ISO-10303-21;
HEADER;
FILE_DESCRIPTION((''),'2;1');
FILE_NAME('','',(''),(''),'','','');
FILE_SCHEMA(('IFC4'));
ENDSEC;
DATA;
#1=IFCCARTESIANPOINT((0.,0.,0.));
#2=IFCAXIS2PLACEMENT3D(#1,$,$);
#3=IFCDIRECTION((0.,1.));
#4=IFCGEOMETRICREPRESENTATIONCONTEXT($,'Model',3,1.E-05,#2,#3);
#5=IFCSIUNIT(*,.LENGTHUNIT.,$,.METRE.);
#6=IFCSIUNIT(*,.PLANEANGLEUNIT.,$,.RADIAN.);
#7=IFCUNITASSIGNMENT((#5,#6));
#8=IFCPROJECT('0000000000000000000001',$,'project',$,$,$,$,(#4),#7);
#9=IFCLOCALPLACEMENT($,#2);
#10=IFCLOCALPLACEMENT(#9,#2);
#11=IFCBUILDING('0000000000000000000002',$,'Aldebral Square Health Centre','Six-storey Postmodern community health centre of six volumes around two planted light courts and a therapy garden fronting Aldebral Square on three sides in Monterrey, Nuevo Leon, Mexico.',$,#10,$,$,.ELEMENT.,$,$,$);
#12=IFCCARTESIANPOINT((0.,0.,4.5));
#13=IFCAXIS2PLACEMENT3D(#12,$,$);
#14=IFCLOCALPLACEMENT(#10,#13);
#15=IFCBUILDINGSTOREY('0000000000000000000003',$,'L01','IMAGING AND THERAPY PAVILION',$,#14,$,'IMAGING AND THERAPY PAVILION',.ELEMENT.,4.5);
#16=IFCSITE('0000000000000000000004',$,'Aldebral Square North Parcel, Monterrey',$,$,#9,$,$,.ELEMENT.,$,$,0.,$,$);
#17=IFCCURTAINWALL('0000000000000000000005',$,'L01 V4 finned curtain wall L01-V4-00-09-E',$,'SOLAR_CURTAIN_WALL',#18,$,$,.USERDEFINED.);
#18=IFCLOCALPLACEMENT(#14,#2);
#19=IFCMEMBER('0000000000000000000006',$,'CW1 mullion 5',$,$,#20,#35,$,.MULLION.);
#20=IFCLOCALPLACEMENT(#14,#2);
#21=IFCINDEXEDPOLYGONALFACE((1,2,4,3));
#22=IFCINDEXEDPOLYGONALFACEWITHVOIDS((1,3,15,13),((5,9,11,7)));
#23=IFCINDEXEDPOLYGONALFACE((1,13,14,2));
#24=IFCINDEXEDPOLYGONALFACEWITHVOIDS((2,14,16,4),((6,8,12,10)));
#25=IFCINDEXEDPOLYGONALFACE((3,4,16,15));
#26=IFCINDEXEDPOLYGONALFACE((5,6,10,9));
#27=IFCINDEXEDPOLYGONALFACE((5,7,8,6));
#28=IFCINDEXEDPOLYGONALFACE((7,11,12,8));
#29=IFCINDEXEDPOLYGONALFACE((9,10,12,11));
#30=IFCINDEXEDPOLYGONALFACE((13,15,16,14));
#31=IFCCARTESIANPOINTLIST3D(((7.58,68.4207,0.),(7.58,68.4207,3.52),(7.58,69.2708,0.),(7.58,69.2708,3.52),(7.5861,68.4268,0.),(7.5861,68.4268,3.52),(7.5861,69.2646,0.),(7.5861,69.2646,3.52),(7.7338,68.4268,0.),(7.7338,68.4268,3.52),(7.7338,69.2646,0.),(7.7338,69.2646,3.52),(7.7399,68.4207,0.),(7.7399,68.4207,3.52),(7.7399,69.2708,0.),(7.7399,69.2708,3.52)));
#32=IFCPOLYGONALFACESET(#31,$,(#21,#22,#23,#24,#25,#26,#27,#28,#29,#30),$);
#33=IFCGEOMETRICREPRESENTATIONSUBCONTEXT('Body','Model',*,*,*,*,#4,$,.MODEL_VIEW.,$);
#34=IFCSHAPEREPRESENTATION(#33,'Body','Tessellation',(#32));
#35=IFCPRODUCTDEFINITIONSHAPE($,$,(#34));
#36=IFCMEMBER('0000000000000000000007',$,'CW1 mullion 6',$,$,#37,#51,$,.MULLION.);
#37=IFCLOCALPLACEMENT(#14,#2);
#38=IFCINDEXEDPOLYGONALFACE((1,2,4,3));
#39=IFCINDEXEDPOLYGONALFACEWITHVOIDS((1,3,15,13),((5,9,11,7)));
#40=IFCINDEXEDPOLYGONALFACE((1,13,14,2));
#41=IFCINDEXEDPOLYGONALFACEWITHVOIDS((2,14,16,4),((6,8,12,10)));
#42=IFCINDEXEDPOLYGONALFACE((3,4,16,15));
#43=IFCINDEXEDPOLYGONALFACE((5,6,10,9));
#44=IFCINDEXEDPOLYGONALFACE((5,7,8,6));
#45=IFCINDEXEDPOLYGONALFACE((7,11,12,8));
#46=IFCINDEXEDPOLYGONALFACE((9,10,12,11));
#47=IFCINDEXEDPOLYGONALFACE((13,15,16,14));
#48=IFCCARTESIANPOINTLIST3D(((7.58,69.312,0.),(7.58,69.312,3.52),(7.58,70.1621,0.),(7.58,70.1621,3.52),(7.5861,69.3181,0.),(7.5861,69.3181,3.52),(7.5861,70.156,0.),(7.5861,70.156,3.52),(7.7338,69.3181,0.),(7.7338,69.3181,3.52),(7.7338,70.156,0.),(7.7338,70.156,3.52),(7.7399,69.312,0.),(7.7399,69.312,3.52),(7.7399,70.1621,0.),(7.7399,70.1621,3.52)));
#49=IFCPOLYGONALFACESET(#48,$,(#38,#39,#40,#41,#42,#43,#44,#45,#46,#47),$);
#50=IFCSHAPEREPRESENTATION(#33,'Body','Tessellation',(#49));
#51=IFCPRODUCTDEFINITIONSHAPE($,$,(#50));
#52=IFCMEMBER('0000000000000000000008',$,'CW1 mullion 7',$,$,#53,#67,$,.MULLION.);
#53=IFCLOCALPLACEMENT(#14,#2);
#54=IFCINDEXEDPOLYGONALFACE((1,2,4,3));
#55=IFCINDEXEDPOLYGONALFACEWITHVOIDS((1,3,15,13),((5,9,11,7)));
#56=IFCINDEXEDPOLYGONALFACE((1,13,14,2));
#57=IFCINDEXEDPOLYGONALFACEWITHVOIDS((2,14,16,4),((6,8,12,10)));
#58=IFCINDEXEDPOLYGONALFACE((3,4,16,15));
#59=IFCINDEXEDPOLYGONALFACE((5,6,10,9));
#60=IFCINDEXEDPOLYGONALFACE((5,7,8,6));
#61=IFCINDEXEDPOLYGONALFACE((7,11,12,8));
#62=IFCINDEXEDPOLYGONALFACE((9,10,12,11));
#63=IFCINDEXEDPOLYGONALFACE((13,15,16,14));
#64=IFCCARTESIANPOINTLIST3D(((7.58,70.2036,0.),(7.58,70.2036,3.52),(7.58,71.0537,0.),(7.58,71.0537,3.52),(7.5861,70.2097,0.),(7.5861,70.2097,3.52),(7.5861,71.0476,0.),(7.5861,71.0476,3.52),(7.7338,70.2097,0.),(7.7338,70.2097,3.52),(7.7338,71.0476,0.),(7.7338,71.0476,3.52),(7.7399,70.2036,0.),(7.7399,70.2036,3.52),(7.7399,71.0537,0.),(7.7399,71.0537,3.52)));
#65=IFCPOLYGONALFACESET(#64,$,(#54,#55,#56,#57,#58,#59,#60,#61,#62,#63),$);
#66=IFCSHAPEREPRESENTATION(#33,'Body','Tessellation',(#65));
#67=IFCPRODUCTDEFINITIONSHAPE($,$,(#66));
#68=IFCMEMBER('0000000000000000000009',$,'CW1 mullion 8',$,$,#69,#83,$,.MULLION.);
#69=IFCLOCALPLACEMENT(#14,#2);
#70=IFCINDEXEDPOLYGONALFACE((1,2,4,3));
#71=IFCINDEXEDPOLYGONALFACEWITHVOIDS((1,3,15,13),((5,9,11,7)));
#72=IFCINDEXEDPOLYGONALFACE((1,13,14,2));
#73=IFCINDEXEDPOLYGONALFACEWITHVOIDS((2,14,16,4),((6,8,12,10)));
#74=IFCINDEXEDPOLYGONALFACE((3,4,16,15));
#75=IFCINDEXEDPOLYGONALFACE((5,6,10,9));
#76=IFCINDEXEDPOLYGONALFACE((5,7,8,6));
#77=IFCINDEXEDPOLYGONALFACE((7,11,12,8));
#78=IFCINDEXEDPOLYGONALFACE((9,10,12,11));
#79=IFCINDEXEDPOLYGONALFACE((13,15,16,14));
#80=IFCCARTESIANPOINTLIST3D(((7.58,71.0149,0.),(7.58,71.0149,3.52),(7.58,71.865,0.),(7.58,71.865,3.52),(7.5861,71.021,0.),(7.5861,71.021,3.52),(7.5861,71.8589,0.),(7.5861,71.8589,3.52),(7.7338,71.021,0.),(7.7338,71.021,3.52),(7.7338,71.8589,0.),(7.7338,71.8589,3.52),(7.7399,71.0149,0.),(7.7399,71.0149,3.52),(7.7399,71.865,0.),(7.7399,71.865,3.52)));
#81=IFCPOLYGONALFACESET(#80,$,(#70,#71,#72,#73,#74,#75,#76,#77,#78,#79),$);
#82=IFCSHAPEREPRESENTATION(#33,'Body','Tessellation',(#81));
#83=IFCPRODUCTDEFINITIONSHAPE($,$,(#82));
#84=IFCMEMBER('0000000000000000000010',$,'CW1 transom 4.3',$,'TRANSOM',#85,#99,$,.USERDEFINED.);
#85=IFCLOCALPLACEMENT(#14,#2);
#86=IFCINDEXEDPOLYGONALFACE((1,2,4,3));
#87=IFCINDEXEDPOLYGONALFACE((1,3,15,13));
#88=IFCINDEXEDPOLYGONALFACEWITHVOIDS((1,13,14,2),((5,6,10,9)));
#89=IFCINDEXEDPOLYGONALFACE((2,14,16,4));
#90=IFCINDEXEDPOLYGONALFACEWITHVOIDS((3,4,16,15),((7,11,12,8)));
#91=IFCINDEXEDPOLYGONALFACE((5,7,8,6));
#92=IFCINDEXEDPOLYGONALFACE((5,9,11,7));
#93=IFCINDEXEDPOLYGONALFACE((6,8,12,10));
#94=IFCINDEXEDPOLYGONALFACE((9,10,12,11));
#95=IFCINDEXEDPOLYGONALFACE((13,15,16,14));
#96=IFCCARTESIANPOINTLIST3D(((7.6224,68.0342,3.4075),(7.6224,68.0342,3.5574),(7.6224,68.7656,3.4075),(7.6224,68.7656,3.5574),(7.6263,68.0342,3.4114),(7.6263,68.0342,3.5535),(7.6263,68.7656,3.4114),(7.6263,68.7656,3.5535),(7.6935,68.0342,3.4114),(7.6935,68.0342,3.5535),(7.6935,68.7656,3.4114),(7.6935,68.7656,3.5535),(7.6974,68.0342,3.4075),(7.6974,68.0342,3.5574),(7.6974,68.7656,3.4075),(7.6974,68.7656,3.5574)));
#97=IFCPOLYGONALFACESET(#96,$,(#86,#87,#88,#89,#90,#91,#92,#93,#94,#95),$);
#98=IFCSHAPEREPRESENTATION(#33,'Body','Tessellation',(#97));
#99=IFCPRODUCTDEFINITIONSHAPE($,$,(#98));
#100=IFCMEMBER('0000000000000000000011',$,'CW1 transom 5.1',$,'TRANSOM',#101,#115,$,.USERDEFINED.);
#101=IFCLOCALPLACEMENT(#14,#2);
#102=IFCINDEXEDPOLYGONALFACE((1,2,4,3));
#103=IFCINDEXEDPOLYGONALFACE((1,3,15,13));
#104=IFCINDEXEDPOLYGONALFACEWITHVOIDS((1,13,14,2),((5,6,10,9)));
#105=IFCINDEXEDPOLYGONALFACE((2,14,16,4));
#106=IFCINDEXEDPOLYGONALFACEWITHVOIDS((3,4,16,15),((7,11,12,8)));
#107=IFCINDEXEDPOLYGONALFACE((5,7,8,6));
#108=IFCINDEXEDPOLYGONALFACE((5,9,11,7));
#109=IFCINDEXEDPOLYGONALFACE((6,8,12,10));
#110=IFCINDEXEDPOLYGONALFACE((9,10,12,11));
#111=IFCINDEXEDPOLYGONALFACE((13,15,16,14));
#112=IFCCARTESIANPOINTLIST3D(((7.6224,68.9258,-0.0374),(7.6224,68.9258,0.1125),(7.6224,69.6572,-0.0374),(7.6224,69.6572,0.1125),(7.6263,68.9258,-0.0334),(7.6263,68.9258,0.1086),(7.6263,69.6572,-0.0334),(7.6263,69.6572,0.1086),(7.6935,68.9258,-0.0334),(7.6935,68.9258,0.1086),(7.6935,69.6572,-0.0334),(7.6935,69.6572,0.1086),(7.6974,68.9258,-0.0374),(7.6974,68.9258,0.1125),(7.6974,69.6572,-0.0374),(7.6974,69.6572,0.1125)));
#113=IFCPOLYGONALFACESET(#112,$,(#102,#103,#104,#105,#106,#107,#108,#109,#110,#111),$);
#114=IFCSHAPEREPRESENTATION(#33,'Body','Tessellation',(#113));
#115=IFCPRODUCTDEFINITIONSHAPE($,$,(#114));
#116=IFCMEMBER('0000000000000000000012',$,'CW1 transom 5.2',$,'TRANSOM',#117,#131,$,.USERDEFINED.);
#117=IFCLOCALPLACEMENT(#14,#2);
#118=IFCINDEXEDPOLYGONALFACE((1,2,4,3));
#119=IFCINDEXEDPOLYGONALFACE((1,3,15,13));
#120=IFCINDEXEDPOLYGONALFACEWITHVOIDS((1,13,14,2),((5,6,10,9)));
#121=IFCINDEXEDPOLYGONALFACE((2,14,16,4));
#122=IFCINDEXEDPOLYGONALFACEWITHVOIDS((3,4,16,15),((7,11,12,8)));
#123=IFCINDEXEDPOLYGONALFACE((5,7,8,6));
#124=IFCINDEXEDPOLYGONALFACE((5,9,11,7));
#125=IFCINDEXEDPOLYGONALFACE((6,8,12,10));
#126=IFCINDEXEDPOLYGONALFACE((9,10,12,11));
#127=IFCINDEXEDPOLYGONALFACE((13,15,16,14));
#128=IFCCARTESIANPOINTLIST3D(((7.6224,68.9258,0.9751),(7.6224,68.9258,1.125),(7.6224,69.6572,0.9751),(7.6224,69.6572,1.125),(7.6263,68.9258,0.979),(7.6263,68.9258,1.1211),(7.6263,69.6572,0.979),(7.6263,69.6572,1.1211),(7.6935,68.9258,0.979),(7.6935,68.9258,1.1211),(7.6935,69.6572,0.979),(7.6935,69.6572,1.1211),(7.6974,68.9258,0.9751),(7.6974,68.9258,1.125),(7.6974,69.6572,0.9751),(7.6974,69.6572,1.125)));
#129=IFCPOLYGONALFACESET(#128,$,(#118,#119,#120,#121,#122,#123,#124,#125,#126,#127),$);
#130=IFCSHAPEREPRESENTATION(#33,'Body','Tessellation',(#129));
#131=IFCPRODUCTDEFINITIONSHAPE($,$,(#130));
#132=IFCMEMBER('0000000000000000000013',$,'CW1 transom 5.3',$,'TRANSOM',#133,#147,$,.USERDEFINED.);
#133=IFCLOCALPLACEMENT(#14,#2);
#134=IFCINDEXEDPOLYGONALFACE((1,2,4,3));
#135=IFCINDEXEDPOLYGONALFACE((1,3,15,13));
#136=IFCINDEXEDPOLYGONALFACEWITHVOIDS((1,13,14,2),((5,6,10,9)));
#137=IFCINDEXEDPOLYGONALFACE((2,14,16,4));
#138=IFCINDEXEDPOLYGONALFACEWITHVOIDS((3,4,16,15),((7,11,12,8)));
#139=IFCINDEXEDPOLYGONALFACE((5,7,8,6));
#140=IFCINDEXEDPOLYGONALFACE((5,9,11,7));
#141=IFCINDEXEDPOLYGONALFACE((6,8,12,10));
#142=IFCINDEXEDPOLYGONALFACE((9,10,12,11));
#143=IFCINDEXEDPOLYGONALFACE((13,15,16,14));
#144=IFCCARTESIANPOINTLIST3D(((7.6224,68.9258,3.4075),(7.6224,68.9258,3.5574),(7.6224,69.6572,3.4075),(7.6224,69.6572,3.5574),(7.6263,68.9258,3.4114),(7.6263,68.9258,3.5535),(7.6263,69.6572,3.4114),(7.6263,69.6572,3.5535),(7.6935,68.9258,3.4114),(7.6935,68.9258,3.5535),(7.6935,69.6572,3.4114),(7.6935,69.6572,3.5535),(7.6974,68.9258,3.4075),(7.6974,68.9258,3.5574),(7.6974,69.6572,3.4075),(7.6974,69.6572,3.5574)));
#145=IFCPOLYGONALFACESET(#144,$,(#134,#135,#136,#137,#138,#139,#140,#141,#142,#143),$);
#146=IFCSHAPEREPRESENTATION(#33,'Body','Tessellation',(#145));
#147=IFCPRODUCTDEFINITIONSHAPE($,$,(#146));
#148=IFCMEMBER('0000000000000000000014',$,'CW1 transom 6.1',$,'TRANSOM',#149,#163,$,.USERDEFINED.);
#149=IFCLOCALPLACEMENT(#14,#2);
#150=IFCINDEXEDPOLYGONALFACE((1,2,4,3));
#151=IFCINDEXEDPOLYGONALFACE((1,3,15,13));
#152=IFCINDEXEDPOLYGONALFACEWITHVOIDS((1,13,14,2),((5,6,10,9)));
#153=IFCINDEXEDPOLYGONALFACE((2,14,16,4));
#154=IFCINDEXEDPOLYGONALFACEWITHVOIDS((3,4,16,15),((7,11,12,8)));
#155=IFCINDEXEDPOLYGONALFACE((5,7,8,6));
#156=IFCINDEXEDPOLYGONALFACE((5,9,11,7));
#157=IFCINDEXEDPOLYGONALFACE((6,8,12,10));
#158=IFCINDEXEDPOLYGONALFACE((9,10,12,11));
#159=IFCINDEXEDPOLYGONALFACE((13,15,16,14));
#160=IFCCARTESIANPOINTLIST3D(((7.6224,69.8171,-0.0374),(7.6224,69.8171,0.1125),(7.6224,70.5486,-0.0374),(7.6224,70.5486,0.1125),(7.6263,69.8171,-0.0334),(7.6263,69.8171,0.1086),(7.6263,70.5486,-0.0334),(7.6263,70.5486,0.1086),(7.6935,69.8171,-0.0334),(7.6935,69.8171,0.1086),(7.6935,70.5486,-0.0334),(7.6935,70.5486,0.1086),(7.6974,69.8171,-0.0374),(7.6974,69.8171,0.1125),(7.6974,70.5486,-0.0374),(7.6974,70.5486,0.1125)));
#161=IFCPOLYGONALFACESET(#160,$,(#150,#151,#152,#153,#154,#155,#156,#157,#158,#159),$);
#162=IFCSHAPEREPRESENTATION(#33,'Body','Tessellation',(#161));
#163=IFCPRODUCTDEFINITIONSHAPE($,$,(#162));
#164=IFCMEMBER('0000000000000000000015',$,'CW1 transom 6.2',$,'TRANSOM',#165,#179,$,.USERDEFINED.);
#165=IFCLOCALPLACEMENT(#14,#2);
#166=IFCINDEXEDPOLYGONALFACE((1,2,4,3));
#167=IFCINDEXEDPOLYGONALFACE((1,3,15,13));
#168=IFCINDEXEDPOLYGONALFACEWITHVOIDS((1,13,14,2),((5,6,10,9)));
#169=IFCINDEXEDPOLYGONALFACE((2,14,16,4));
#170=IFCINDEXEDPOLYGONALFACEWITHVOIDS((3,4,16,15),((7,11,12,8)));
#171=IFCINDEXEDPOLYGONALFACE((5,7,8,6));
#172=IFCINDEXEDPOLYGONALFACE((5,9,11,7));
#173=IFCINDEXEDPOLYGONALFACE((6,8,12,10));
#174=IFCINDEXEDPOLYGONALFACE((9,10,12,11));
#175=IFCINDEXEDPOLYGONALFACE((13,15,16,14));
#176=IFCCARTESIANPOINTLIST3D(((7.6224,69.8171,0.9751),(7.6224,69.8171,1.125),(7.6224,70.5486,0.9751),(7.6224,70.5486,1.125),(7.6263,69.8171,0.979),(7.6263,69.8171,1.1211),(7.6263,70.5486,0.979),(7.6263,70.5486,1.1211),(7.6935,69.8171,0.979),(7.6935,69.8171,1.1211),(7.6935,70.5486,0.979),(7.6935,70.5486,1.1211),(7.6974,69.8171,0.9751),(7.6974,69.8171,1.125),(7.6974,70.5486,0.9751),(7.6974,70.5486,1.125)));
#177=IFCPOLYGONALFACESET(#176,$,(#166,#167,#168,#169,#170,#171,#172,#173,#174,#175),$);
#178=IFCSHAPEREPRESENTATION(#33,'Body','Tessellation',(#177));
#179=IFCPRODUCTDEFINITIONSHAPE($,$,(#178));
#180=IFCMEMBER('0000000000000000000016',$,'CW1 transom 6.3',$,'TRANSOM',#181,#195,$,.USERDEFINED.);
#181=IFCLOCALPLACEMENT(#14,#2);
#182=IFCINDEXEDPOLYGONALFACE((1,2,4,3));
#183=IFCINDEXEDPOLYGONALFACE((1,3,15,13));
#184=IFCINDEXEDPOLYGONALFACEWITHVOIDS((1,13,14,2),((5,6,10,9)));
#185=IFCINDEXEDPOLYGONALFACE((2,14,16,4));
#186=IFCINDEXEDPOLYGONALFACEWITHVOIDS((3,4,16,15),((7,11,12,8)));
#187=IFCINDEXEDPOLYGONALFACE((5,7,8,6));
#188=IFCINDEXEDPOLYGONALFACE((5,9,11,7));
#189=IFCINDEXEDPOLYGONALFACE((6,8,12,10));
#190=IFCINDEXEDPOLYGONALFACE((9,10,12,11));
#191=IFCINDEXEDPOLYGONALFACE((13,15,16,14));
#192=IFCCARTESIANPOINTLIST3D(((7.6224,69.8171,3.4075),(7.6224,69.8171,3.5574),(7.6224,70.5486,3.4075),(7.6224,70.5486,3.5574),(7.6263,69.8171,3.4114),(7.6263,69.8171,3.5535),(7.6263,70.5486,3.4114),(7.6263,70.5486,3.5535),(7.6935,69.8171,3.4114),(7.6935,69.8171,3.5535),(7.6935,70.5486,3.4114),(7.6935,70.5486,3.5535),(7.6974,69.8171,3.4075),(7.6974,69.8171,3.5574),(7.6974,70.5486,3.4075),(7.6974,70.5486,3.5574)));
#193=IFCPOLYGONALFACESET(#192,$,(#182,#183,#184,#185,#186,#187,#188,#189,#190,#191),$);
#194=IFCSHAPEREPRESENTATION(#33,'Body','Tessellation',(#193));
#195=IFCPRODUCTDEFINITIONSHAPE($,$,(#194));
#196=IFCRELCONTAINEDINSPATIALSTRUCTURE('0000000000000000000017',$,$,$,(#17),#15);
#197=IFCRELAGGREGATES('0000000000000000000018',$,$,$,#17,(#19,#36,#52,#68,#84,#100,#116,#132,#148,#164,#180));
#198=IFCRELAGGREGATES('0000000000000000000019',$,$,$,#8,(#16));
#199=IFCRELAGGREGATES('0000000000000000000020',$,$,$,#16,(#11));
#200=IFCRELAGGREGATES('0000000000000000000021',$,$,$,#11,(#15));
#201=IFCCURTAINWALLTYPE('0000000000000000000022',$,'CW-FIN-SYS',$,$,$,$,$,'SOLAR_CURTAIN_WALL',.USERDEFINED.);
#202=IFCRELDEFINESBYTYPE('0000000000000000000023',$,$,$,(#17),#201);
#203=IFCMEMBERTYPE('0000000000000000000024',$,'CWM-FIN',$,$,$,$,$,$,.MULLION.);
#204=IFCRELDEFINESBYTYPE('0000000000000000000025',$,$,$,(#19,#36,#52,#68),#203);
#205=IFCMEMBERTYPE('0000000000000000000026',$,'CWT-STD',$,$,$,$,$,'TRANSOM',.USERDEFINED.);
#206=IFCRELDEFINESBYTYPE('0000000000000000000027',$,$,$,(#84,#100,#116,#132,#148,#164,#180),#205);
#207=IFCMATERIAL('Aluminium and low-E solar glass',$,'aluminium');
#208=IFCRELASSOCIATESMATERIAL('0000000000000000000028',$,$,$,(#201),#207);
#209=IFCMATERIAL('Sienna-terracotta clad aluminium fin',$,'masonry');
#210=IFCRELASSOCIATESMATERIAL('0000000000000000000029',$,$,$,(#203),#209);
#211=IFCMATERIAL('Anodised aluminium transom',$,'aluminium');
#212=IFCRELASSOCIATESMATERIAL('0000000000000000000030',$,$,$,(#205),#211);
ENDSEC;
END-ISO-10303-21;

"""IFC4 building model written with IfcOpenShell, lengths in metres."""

from ifc_helpers import new_model, si_unit, direction, frame, origin, origin_2d, place, context, subcontext, project, spatial, hollow_rectangle, extrude, material, material_profile, profile_set, type_object, element, aggregate, save


model = new_model("IFC4")

# Units and contexts
model_context = context("Model", 3, precision=1e-05, world=origin(), true_north=direction((0.0, 1.0)))
body_context = subcontext(model_context, "Body", "Model", "MODEL_VIEW")
ifc_project = project(units=[si_unit("LENGTHUNIT", "METRE"), si_unit("PLANEANGLEUNIT", "RADIAN")], contexts=[model_context])

# Site, building, storey
site_placement = place(None, origin())
site = spatial("IfcSite", under=ifc_project, at=site_placement, Name="Aldebral Square North Parcel, Monterrey", CompositionType="ELEMENT", RefElevation=0.0)
building_placement = place(site_placement, origin())
building = spatial("IfcBuilding", under=site, at=building_placement, Name="Aldebral Square Health Centre", Description="Six-storey Postmodern community health centre of six volumes around two planted light courts and a therapy garden fronting Aldebral Square on three sides in Monterrey, Nuevo Leon, Mexico.", CompositionType="ELEMENT")
storey_placement = place(building_placement, frame((0.0, 0.0, 4.5)))
storey = spatial("IfcBuildingStorey", under=building, at=storey_placement, Name="L01", Description="IMAGING AND THERAPY PAVILION", LongName="IMAGING AND THERAPY PAVILION", CompositionType="ELEMENT", Elevation=4.5)

# Curtain wall, members
ifc_material_1 = material(Name="Aluminium and low-E solar glass", Category="aluminium")
curtain_wall_type = type_object("IfcCurtainWallType", Name="CW-FIN-SYS", ElementType="SOLAR_CURTAIN_WALL", PredefinedType="USERDEFINED", material=ifc_material_1)
curtain_wall_placement = place(storey_placement, origin())
curtain_wall = element("IfcCurtainWall", 1, at=curtain_wall_placement, inside=storey, type_object=curtain_wall_type, Name="L01 V4 finned curtain wall L01-V4-00-09-E", ObjectType="SOLAR_CURTAIN_WALL", PredefinedType="USERDEFINED")
ifc_material_2 = material(Name="Sienna-terracotta clad aluminium fin", Category="masonry")
ifc_material_profile_1 = material_profile(ifc_material_2, hollow_rectangle(XDim=0.1599, YDim=0.8501, WallThickness=0.0061, at=origin_2d()), Name="FIN 160x850x6")
ifc_profile_set_1 = profile_set([ifc_material_profile_1], Name="Sienna-terracotta clad aluminium fin")
member_type_1 = type_object("IfcMemberType", Name="CWM-FIN", PredefinedType="MULLION", material=ifc_profile_set_1)
member_1_placement = place(storey_placement, frame((7.6599, 68.8457, 0.0), z_axis=(0.0, 0.0, 1.0), x_axis=(-1.0, 0.0, 0.0)))
member_1 = element("IfcMember", 2, at=member_1_placement, type_object=member_type_1, Name="CW1 mullion 5", PredefinedType="MULLION", context=body_context, shape_type="SweptSolid", body=[
    extrude(hollow_rectangle(XDim=0.1599, YDim=0.8501, WallThickness=0.0061, at=origin_2d()), origin(), (0.0, 0.0, 1.0), 3.52),
])
member_2_placement = place(storey_placement, frame((7.6599, 69.7371, 0.0), z_axis=(0.0, 0.0, 1.0), x_axis=(-1.0, 0.0, 0.0)))
member_2 = element("IfcMember", 3, at=member_2_placement, type_object=member_type_1, Name="CW1 mullion 6", PredefinedType="MULLION", context=body_context, shape_type="SweptSolid", body=[
    extrude(hollow_rectangle(XDim=0.1599, YDim=0.8501, WallThickness=0.0061, at=origin_2d()), origin(), (0.0, 0.0, 1.0), 3.52),
])
member_3_placement = place(storey_placement, frame((7.6599, 70.6287, 0.0), z_axis=(0.0, 0.0, 1.0), x_axis=(-1.0, 0.0, 0.0)))
member_3 = element("IfcMember", 4, at=member_3_placement, type_object=member_type_1, Name="CW1 mullion 7", PredefinedType="MULLION", context=body_context, shape_type="SweptSolid", body=[
    extrude(hollow_rectangle(XDim=0.1599, YDim=0.8501, WallThickness=0.0061, at=origin_2d()), origin(), (0.0, 0.0, 1.0), 3.52),
])
member_4_placement = place(storey_placement, frame((7.6599, 71.4399, 0.0), z_axis=(0.0, 0.0, 1.0), x_axis=(-1.0, 0.0, 0.0)))
member_4 = element("IfcMember", 5, at=member_4_placement, type_object=member_type_1, Name="CW1 mullion 8", PredefinedType="MULLION", context=body_context, shape_type="SweptSolid", body=[
    extrude(hollow_rectangle(XDim=0.1599, YDim=0.8501, WallThickness=0.0061, at=origin_2d()), origin(), (0.0, 0.0, 1.0), 3.52),
])
ifc_material_3 = material(Name="Anodised aluminium transom", Category="aluminium")
ifc_material_profile_2 = material_profile(ifc_material_3, hollow_rectangle(XDim=0.075, YDim=0.1499, WallThickness=0.0039, at=origin_2d()), Name="CWT 75x150x4")
ifc_profile_set_2 = profile_set([ifc_material_profile_2], Name="Anodised aluminium transom")
member_type_2 = type_object("IfcMemberType", Name="CWT-STD", ElementType="TRANSOM", PredefinedType="USERDEFINED", material=ifc_profile_set_2)
member_5_placement = place(storey_placement, frame((7.6599, 68.0342, 3.4824), z_axis=(0.0, 1.0, 0.0), x_axis=(-1.0, 0.0, 0.0)))
member_5 = element("IfcMember", 6, at=member_5_placement, type_object=member_type_2, Name="CW1 transom 4.3", ObjectType="TRANSOM", PredefinedType="USERDEFINED", context=body_context, shape_type="SweptSolid", body=[
    extrude(hollow_rectangle(XDim=0.075, YDim=0.1499, WallThickness=0.0039, at=origin_2d()), origin(), (0.0, 0.0, 1.0), 0.7314),
])
member_6_placement = place(storey_placement, frame((7.6599, 68.9258, 0.0376), z_axis=(0.0, 1.0, 0.0), x_axis=(-1.0, 0.0, 0.0)))
member_6 = element("IfcMember", 7, at=member_6_placement, type_object=member_type_2, Name="CW1 transom 5.1", ObjectType="TRANSOM", PredefinedType="USERDEFINED", context=body_context, shape_type="SweptSolid", body=[
    extrude(hollow_rectangle(XDim=0.075, YDim=0.1499, WallThickness=0.0039, at=origin_2d()), origin(), (0.0, 0.0, 1.0), 0.7314),
])
member_7_placement = place(storey_placement, frame((7.6599, 68.9258, 1.05), z_axis=(0.0, 1.0, 0.0), x_axis=(-1.0, 0.0, 0.0)))
member_7 = element("IfcMember", 8, at=member_7_placement, type_object=member_type_2, Name="CW1 transom 5.2", ObjectType="TRANSOM", PredefinedType="USERDEFINED", context=body_context, shape_type="SweptSolid", body=[
    extrude(hollow_rectangle(XDim=0.075, YDim=0.1499, WallThickness=0.0039, at=origin_2d()), origin(), (0.0, 0.0, 1.0), 0.7314),
])
member_8_placement = place(storey_placement, frame((7.6599, 68.9258, 3.4824), z_axis=(0.0, 1.0, 0.0), x_axis=(-1.0, 0.0, 0.0)))
member_8 = element("IfcMember", 9, at=member_8_placement, type_object=member_type_2, Name="CW1 transom 5.3", ObjectType="TRANSOM", PredefinedType="USERDEFINED", context=body_context, shape_type="SweptSolid", body=[
    extrude(hollow_rectangle(XDim=0.075, YDim=0.1499, WallThickness=0.0039, at=origin_2d()), origin(), (0.0, 0.0, 1.0), 0.7314),
])
member_9_placement = place(storey_placement, frame((7.6599, 69.8171, 0.0376), z_axis=(0.0, 1.0, 0.0), x_axis=(-1.0, 0.0, 0.0)))
member_9 = element("IfcMember", 10, at=member_9_placement, type_object=member_type_2, Name="CW1 transom 6.1", ObjectType="TRANSOM", PredefinedType="USERDEFINED", context=body_context, shape_type="SweptSolid", body=[
    extrude(hollow_rectangle(XDim=0.075, YDim=0.1499, WallThickness=0.0039, at=origin_2d()), origin(), (0.0, 0.0, 1.0), 0.7314),
])
member_10_placement = place(storey_placement, frame((7.6599, 69.8171, 1.05), z_axis=(0.0, 1.0, 0.0), x_axis=(-1.0, 0.0, 0.0)))
member_10 = element("IfcMember", 11, at=member_10_placement, type_object=member_type_2, Name="CW1 transom 6.2", ObjectType="TRANSOM", PredefinedType="USERDEFINED", context=body_context, shape_type="SweptSolid", body=[
    extrude(hollow_rectangle(XDim=0.075, YDim=0.1499, WallThickness=0.0039, at=origin_2d()), origin(), (0.0, 0.0, 1.0), 0.7314),
])
member_11_placement = place(storey_placement, frame((7.6599, 69.8171, 3.4824), z_axis=(0.0, 1.0, 0.0), x_axis=(-1.0, 0.0, 0.0)))
member_11 = element("IfcMember", 12, at=member_11_placement, type_object=member_type_2, Name="CW1 transom 6.3", ObjectType="TRANSOM", PredefinedType="USERDEFINED", context=body_context, shape_type="SweptSolid", body=[
    extrude(hollow_rectangle(XDim=0.075, YDim=0.1499, WallThickness=0.0039, at=origin_2d()), origin(), (0.0, 0.0, 1.0), 0.7314),
])
aggregate(curtain_wall, [member_1, member_2, member_3, member_4, member_5, member_6, member_7, member_8, member_9, member_10, member_11])

save(model, "model.ifc")
